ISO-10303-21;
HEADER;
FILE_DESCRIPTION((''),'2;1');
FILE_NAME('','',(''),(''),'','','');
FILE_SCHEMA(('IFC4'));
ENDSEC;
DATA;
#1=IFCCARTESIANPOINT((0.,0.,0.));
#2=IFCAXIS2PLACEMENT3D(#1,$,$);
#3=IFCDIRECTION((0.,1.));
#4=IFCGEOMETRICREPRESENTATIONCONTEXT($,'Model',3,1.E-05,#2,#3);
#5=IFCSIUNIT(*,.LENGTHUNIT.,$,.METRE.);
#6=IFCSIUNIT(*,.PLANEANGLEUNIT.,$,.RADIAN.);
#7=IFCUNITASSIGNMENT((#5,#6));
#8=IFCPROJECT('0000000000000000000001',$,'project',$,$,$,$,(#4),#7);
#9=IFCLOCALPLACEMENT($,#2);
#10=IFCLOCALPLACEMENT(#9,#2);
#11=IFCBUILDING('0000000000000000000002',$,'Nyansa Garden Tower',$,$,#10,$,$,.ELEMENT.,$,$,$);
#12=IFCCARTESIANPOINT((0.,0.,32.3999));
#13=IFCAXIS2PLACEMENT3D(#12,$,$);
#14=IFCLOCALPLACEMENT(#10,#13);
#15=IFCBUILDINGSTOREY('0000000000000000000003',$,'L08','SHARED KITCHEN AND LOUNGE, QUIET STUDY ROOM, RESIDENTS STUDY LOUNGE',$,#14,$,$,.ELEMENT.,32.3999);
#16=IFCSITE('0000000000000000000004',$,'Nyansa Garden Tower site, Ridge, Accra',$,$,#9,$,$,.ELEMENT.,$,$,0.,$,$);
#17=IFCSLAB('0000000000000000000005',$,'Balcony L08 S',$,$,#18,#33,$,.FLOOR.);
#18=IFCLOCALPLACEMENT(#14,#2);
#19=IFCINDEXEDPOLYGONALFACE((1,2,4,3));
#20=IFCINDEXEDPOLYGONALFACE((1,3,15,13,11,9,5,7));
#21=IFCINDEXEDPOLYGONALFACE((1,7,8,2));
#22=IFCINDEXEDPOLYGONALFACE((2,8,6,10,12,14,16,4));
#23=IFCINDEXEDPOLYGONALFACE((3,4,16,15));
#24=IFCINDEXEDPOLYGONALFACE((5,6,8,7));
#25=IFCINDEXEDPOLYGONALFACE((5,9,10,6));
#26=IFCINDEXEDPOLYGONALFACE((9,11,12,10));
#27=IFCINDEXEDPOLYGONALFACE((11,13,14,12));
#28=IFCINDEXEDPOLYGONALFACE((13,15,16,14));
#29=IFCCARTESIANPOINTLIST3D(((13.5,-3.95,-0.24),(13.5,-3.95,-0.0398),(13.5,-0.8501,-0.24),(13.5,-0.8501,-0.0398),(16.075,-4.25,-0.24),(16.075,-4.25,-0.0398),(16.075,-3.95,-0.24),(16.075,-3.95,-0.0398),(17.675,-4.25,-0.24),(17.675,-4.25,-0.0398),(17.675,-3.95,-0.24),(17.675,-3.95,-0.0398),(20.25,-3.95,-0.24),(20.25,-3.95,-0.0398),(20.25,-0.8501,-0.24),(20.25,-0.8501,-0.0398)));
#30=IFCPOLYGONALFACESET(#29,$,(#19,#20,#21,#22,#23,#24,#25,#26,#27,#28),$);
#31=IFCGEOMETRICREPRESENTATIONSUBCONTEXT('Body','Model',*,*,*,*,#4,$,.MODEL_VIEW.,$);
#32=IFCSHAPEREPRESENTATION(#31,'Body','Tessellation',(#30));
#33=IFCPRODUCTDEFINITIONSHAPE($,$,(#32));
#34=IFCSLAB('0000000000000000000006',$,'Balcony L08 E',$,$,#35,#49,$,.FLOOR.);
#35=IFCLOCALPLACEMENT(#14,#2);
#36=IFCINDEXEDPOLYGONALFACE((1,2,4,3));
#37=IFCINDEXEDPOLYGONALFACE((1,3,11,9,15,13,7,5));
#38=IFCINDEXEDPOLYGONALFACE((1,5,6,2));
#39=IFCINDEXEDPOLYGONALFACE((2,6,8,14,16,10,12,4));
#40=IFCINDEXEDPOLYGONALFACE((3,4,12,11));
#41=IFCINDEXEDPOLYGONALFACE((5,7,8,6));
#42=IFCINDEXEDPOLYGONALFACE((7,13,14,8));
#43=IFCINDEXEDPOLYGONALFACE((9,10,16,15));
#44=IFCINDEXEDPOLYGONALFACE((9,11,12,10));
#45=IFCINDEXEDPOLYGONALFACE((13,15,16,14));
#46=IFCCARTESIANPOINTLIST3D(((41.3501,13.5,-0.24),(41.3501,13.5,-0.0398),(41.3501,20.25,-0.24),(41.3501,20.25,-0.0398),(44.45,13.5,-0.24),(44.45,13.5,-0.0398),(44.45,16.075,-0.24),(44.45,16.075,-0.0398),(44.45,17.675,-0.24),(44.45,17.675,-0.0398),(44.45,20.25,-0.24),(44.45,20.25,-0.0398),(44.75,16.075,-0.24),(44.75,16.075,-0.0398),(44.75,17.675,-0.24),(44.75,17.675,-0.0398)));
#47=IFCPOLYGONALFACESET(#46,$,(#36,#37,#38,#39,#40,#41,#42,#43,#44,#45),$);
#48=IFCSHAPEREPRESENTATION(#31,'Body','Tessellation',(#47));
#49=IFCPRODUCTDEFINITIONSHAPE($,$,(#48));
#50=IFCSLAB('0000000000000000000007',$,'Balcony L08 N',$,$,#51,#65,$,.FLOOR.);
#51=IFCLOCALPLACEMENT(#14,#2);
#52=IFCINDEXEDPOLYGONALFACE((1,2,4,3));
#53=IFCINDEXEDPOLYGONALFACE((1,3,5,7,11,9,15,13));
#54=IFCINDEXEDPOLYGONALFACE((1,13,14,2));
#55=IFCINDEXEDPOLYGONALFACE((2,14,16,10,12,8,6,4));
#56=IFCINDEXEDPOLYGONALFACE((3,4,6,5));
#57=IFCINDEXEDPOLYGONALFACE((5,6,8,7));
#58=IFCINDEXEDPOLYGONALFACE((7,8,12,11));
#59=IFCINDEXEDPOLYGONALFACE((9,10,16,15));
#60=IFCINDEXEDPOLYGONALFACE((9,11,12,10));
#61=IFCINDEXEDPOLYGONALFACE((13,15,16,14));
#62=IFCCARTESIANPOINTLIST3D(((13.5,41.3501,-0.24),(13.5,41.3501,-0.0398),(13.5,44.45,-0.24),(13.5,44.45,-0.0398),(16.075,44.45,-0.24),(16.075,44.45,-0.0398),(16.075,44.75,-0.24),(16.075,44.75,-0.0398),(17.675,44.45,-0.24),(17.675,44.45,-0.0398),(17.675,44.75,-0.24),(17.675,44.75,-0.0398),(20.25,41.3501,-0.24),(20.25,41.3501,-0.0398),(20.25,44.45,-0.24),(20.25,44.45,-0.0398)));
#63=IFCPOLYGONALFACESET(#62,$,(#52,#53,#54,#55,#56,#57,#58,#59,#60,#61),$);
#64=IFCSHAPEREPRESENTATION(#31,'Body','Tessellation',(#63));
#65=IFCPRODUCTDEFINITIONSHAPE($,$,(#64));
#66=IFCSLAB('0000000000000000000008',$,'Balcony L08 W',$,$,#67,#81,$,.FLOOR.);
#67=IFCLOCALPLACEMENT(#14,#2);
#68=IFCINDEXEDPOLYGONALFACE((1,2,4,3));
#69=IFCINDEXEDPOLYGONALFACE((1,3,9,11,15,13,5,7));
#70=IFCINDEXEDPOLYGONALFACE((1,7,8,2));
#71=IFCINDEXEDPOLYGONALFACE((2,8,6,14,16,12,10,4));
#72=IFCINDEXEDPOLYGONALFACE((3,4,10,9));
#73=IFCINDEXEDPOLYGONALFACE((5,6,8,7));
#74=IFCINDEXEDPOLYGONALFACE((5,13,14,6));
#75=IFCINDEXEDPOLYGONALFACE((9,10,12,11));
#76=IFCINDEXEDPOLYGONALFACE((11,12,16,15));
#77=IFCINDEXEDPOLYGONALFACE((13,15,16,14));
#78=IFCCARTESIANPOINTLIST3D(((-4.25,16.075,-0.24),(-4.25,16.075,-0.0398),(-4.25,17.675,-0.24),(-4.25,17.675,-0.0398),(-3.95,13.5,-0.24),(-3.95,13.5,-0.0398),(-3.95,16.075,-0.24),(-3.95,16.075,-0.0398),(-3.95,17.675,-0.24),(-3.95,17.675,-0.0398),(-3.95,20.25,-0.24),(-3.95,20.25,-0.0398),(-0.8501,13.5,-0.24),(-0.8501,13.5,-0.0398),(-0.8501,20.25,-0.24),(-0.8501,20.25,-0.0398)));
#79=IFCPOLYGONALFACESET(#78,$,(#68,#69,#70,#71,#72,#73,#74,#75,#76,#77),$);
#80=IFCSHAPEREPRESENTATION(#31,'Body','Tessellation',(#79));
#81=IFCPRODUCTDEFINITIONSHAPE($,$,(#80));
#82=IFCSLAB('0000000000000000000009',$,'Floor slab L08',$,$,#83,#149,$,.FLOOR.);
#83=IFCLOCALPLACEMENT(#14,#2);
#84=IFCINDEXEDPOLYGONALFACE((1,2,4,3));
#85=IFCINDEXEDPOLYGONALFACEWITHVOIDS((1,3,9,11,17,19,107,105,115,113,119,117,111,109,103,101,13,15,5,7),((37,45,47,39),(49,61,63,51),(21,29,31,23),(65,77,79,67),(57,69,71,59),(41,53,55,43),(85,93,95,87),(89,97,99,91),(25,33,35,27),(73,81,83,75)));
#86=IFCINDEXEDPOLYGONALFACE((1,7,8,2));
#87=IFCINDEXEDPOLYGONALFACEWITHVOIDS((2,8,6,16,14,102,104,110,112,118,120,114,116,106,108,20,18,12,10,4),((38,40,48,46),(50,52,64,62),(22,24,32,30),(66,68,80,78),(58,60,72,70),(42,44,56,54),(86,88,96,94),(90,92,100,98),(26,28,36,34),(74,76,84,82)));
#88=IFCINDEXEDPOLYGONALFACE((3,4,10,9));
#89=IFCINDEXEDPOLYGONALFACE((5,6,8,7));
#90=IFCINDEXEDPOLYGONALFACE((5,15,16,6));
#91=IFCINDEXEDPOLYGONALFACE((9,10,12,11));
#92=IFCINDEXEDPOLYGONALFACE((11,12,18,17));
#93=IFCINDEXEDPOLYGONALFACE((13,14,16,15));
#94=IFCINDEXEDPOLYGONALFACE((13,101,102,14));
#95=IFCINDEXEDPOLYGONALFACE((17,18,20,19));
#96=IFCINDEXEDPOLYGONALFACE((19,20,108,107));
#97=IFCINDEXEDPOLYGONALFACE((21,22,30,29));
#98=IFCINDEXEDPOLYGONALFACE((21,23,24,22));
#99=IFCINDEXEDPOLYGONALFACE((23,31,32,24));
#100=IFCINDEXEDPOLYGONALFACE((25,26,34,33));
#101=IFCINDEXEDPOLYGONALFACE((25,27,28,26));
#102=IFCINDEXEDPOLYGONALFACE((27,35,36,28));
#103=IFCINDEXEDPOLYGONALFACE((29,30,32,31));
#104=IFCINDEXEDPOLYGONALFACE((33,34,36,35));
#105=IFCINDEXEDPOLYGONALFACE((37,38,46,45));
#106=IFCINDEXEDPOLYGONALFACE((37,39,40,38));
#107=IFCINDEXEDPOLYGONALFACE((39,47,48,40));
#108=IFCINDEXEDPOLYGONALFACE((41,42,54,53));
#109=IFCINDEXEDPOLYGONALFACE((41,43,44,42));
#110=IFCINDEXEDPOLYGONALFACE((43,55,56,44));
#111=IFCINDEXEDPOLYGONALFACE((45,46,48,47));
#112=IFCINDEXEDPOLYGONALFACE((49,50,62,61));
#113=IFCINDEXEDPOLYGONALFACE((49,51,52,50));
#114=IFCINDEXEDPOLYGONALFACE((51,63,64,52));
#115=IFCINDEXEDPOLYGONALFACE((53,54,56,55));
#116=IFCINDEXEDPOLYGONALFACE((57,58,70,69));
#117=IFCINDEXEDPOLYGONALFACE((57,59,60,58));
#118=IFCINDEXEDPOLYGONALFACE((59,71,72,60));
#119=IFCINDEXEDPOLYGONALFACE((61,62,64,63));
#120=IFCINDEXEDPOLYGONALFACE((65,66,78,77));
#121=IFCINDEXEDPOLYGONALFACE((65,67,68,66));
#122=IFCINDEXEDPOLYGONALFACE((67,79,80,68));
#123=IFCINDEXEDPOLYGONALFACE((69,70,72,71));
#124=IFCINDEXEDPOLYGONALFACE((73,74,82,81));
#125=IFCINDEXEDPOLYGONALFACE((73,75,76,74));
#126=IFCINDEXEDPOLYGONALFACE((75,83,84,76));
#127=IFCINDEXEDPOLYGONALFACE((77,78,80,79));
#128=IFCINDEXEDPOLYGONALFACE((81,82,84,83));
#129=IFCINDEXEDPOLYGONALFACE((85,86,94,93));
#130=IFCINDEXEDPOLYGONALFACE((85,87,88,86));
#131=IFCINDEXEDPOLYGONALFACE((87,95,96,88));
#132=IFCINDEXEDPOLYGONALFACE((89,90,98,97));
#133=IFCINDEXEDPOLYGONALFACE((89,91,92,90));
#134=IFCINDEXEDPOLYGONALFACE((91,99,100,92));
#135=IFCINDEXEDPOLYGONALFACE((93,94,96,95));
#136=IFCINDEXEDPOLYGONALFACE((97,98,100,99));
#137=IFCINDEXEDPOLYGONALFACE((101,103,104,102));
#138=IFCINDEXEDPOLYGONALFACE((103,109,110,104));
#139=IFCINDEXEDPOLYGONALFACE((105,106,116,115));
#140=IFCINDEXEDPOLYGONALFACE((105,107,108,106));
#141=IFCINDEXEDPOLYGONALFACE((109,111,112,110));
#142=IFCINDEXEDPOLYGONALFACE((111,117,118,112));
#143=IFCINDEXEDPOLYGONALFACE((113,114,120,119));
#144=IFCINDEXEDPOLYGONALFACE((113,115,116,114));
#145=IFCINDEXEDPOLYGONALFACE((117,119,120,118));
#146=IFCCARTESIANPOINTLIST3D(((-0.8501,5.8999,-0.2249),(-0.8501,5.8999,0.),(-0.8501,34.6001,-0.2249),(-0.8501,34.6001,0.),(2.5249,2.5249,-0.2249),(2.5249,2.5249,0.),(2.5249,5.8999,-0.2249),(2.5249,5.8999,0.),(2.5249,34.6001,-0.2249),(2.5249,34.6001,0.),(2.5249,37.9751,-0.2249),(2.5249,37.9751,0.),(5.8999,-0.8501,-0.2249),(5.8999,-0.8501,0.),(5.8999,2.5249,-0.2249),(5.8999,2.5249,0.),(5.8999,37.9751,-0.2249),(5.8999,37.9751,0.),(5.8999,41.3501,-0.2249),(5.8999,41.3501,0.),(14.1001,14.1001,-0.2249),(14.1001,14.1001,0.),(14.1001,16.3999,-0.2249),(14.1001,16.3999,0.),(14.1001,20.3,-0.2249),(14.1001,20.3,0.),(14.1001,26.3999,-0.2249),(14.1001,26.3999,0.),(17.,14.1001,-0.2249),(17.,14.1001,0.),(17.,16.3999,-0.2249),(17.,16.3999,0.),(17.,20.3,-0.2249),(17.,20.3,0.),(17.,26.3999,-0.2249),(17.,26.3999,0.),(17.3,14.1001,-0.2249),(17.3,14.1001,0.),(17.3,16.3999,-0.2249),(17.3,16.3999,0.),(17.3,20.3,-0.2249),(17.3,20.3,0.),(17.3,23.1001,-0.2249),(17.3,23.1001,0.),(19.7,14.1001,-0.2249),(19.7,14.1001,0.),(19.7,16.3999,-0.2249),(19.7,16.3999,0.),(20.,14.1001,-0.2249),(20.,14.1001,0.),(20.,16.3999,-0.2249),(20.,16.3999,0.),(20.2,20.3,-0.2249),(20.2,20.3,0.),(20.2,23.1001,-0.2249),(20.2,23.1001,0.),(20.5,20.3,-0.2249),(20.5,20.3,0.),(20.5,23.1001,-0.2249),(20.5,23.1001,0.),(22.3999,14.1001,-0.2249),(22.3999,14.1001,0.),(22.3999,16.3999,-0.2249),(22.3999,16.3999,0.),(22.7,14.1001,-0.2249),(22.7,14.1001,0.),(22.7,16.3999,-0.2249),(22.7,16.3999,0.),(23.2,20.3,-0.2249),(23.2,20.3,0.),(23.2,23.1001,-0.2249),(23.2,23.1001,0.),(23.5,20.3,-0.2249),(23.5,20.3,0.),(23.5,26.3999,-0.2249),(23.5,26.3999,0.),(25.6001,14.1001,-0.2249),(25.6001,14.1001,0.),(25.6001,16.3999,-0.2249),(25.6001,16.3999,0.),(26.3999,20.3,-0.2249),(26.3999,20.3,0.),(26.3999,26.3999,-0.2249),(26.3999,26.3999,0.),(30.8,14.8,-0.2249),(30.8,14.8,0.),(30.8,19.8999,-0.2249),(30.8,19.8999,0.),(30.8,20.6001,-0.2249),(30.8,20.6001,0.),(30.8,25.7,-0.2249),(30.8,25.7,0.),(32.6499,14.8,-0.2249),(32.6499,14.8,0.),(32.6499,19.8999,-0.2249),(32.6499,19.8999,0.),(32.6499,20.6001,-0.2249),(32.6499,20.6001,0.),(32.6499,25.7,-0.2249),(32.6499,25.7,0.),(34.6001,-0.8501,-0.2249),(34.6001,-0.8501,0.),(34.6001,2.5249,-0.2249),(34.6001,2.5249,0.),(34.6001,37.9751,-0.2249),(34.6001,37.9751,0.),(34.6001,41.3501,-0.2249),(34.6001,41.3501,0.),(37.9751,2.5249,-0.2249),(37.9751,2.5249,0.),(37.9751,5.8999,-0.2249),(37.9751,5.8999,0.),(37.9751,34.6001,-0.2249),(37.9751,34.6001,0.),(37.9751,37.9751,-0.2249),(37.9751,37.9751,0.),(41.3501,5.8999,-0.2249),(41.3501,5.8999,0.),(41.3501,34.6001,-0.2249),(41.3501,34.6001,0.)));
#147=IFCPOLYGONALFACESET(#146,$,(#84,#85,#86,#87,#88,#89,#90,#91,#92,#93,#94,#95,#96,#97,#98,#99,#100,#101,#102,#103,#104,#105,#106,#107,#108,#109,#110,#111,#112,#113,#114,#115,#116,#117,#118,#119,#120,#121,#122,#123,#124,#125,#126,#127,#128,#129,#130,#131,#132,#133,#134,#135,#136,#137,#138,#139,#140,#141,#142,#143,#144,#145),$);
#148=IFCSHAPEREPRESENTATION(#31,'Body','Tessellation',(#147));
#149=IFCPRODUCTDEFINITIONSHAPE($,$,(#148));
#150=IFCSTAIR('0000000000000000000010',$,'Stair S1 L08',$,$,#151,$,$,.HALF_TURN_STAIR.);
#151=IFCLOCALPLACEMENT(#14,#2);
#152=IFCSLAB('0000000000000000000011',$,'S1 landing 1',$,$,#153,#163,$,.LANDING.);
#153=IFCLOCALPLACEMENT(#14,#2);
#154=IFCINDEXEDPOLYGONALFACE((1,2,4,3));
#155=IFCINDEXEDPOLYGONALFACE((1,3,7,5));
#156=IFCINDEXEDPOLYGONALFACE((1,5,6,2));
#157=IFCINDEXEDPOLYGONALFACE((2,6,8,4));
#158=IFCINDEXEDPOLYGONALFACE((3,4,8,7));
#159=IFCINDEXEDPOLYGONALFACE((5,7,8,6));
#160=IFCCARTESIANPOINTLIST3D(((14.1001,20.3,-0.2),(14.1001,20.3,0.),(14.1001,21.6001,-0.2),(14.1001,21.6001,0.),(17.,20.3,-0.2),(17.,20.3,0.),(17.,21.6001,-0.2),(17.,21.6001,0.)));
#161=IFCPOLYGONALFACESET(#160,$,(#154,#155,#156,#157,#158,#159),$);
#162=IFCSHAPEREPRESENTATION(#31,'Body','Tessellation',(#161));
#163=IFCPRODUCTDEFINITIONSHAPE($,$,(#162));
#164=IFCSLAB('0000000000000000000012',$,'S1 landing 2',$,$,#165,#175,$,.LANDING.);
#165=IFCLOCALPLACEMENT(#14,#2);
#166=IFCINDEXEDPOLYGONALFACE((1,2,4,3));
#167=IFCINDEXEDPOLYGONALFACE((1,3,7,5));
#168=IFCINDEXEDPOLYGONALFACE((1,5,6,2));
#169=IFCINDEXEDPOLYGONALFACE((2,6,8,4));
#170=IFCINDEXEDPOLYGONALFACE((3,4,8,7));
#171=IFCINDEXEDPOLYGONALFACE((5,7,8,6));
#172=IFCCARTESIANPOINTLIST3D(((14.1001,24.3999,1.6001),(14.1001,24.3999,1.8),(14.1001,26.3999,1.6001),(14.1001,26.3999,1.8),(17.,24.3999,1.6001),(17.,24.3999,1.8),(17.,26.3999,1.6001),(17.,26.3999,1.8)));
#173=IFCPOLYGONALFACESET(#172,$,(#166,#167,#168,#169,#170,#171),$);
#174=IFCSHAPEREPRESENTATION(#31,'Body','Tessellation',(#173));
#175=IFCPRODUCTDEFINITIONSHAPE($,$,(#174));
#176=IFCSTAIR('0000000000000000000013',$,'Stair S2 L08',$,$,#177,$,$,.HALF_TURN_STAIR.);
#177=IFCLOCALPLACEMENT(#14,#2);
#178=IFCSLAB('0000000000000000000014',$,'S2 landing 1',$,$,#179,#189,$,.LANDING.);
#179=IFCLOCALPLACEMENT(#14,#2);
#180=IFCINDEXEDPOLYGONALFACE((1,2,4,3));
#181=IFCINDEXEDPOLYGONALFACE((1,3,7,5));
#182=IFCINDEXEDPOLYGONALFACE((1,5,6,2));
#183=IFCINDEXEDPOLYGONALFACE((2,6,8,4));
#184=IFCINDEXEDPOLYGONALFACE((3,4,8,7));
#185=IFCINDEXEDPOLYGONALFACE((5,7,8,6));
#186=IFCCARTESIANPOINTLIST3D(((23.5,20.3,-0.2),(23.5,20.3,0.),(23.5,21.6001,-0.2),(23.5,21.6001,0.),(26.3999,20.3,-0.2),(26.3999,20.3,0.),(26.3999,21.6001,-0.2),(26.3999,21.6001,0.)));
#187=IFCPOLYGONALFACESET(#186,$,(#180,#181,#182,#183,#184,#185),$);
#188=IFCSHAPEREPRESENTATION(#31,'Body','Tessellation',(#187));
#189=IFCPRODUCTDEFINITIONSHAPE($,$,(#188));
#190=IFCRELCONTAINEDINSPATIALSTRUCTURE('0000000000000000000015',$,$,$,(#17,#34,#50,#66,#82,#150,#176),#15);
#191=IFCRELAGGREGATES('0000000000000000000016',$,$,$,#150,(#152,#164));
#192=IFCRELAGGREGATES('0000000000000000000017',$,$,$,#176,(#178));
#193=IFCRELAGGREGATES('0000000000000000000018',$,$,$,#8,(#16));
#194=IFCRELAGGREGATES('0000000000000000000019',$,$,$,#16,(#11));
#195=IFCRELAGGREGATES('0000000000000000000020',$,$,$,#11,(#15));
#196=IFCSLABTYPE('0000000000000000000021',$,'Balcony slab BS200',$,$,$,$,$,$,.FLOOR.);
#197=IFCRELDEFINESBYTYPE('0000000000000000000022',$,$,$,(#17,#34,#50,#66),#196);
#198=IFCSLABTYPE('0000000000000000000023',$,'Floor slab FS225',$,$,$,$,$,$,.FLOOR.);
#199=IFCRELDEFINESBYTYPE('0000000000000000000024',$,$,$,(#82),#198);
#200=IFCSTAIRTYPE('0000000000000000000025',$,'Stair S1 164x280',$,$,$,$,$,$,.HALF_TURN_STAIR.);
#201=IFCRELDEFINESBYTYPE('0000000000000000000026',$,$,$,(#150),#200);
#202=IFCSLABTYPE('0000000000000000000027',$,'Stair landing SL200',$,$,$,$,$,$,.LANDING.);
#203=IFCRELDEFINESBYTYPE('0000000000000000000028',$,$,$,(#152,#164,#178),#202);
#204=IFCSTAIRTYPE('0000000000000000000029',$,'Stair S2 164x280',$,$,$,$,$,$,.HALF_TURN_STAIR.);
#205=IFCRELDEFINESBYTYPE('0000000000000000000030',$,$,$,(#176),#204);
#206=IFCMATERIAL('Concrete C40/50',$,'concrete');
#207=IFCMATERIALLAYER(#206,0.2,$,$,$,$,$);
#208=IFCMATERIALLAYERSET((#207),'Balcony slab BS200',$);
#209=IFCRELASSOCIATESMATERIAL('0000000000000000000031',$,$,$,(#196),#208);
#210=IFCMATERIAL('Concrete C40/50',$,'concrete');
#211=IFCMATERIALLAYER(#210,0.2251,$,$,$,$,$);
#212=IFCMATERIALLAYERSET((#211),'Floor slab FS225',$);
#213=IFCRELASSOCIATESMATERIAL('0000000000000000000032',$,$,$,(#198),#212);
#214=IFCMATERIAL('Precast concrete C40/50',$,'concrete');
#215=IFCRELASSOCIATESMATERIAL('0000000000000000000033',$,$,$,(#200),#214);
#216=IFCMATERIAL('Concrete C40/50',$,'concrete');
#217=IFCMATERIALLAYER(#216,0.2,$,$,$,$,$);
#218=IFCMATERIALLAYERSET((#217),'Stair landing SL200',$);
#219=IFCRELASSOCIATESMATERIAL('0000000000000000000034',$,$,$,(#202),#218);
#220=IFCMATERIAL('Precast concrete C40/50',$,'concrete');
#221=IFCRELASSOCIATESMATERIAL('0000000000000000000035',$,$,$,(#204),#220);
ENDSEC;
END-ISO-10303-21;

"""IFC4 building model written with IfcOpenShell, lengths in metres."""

from ifc_helpers import new_model, si_unit, direction, frame, origin, place, context, subcontext, project, spatial, polyline, outline, extrude, material, layer, layer_set, type_object, element, aggregate, save


model = new_model("IFC4")

# Units and contexts
model_context = context("Model", 3, precision=1e-05, world=origin(), true_north=direction((0.0, 1.0)))
body_context = subcontext(model_context, "Body", "Model", "MODEL_VIEW")
ifc_project = project(units=[si_unit("LENGTHUNIT", "METRE"), si_unit("PLANEANGLEUNIT", "RADIAN")], contexts=[model_context])

# Site, building, storey
site_placement = place(None, origin())
site = spatial("IfcSite", under=ifc_project, at=site_placement, Name="Nyansa Garden Tower site, Ridge, Accra", CompositionType="ELEMENT", RefElevation=0.0)
building_placement = place(site_placement, origin())
building = spatial("IfcBuilding", under=site, at=building_placement, Name="Nyansa Garden Tower", CompositionType="ELEMENT")
storey_placement = place(building_placement, frame((0.0, 0.0, 32.3999)))
storey = spatial("IfcBuildingStorey", under=building, at=storey_placement, Name="L08", Description="SHARED KITCHEN AND LOUNGE, QUIET STUDY ROOM, RESIDENTS STUDY LOUNGE", CompositionType="ELEMENT", Elevation=32.3999)

# Slabs
ifc_material_1 = material(Name="Concrete C40/50", Category="concrete")
ifc_layer_1 = layer(ifc_material_1, 0.2)
ifc_layer_set_1 = layer_set([ifc_layer_1], Name="Balcony slab BS200")
slab_type_1 = type_object("IfcSlabType", Name="Balcony slab BS200", PredefinedType="FLOOR", material=ifc_layer_set_1)
slab_1_placement = place(storey_placement, frame((0.0, 0.0, -0.24)))
element("IfcSlab", 1, at=slab_1_placement, inside=storey, type_object=slab_type_1, Name="Balcony L08 S", PredefinedType="FLOOR", context=body_context, shape_type="SweptSolid", body=[
    extrude(outline(polyline([(13.5, -0.8501), (20.25, -0.8501), (20.25, -3.95), (17.675, -3.95), (17.675, -4.25), (16.075, -4.25), (16.075, -3.95), (13.5, -3.95), (13.5, -0.8501)])), origin(), (0.0, 0.0, 1.0), 0.2002),
])
slab_2_placement = place(storey_placement, frame((0.0, 0.0, -0.24)))
element("IfcSlab", 2, at=slab_2_placement, inside=storey, type_object=slab_type_1, Name="Balcony L08 E", PredefinedType="FLOOR", context=body_context, shape_type="SweptSolid", body=[
    extrude(outline(polyline([(41.3501, 13.5), (41.3501, 20.25), (44.45, 20.25), (44.45, 17.675), (44.75, 17.675), (44.75, 16.075), (44.45, 16.075), (44.45, 13.5), (41.3501, 13.5)])), origin(), (0.0, 0.0, 1.0), 0.2002),
])
slab_3_placement = place(storey_placement, frame((0.0, 0.0, -0.24)))
element("IfcSlab", 3, at=slab_3_placement, inside=storey, type_object=slab_type_1, Name="Balcony L08 N", PredefinedType="FLOOR", context=body_context, shape_type="SweptSolid", body=[
    extrude(outline(polyline([(13.5, 41.3501), (20.25, 41.3501), (20.25, 44.45), (17.675, 44.45), (17.675, 44.75), (16.075, 44.75), (16.075, 44.45), (13.5, 44.45), (13.5, 41.3501)])), origin(), (0.0, 0.0, 1.0), 0.2002),
])
slab_4_placement = place(storey_placement, frame((0.0, 0.0, -0.24)))
element("IfcSlab", 4, at=slab_4_placement, inside=storey, type_object=slab_type_1, Name="Balcony L08 W", PredefinedType="FLOOR", context=body_context, shape_type="SweptSolid", body=[
    extrude(outline(polyline([(-0.8501, 13.5), (-0.8501, 20.25), (-3.95, 20.25), (-3.95, 17.675), (-4.25, 17.675), (-4.25, 16.075), (-3.95, 16.075), (-3.95, 13.5), (-0.8501, 13.5)])), origin(), (0.0, 0.0, 1.0), 0.2002),
])
ifc_material_2 = material(Name="Concrete C40/50", Category="concrete")
ifc_layer_2 = layer(ifc_material_2, 0.2251)
ifc_layer_set_2 = layer_set([ifc_layer_2], Name="Floor slab FS225")
slab_type_2 = type_object("IfcSlabType", Name="Floor slab FS225", PredefinedType="FLOOR", material=ifc_layer_set_2)
slab_5_placement = place(storey_placement, frame((0.0, 0.0, -0.2249)))
element("IfcSlab", 5, at=slab_5_placement, inside=storey, type_object=slab_type_2, Name="Floor slab L08", PredefinedType="FLOOR", context=body_context, shape_type="SweptSolid", body=[
    extrude(outline(polyline([(41.3501, 5.8999), (37.9751, 5.8999), (37.9751, 2.5249), (34.6001, 2.5249), (34.6001, -0.8501), (5.8999, -0.8501), (5.8999, 2.5249), (2.5249, 2.5249), (2.5249, 5.8999), (-0.8501, 5.8999), (-0.8501, 34.6001), (2.5249, 34.6001), (2.5249, 37.9751), (5.8999, 37.9751), (5.8999, 41.3501), (34.6001, 41.3501), (34.6001, 37.9751), (37.9751, 37.9751), (37.9751, 34.6001), (41.3501, 34.6001), (41.3501, 5.8999)]), holes=[polyline([(14.1001, 14.1001), (17.0, 14.1001), (17.0, 16.3999), (14.1001, 16.3999), (14.1001, 14.1001)]), polyline([(17.3, 14.1001), (19.7, 14.1001), (19.7, 16.3999), (17.3, 16.3999), (17.3, 14.1001)]), polyline([(20.0, 14.1001), (22.3999, 14.1001), (22.3999, 16.3999), (20.0, 16.3999), (20.0, 14.1001)]), polyline([(22.7, 14.1001), (25.6001, 14.1001), (25.6001, 16.3999), (22.7, 16.3999), (22.7, 14.1001)]), polyline([(17.3, 20.3), (20.2, 20.3), (20.2, 23.1001), (17.3, 23.1001), (17.3, 20.3)]), polyline([(20.5, 20.3), (23.2, 20.3), (23.2, 23.1001), (20.5, 23.1001), (20.5, 20.3)]), polyline([(30.8, 14.8), (32.6499, 14.8), (32.6499, 19.8999), (30.8, 19.8999), (30.8, 14.8)]), polyline([(30.8, 20.6001), (32.6499, 20.6001), (32.6499, 25.7), (30.8, 25.7), (30.8, 20.6001)]), polyline([(14.1001, 20.3), (17.0, 20.3), (17.0, 26.3999), (14.1001, 26.3999), (14.1001, 20.3)]), polyline([(23.5, 20.3), (26.3999, 20.3), (26.3999, 26.3999), (23.5, 26.3999), (23.5, 20.3)])]), origin(), (0.0, 0.0, 1.0), 0.2249),
])

# Stair, slabs
ifc_material_3 = material(Name="Precast concrete C40/50", Category="concrete")
stair_type_1 = type_object("IfcStairType", Name="Stair S1 164x280", PredefinedType="HALF_TURN_STAIR", material=ifc_material_3)
stair_1_placement = place(storey_placement, origin())
stair_1 = element("IfcStair", 6, at=stair_1_placement, inside=storey, type_object=stair_type_1, Name="Stair S1 L08", PredefinedType="HALF_TURN_STAIR")
ifc_material_4 = material(Name="Concrete C40/50", Category="concrete")
ifc_layer_3 = layer(ifc_material_4, 0.2)
ifc_layer_set_3 = layer_set([ifc_layer_3], Name="Stair landing SL200")
slab_type_3 = type_object("IfcSlabType", Name="Stair landing SL200", PredefinedType="LANDING", material=ifc_layer_set_3)
slab_6_placement = place(storey_placement, frame((0.0, 0.0, -0.2)))
slab_6 = element("IfcSlab", 7, at=slab_6_placement, type_object=slab_type_3, Name="S1 landing 1", PredefinedType="LANDING", context=body_context, shape_type="SweptSolid", body=[
    extrude(outline(polyline([(14.1001, 20.3), (17.0, 20.3), (17.0, 21.6001), (14.1001, 21.6001), (14.1001, 20.3)])), origin(), (0.0, 0.0, 1.0), 0.2),
])
slab_7_placement = place(storey_placement, frame((0.0, 0.0, 1.6001)))
slab_7 = element("IfcSlab", 8, at=slab_7_placement, type_object=slab_type_3, Name="S1 landing 2", PredefinedType="LANDING", context=body_context, shape_type="SweptSolid", body=[
    extrude(outline(polyline([(14.1001, 24.3999), (17.0, 24.3999), (17.0, 26.3999), (14.1001, 26.3999), (14.1001, 24.3999)])), origin(), (0.0, 0.0, 1.0), 0.2),
])
aggregate(stair_1, [slab_6, slab_7])

# Stair, slab
ifc_material_5 = material(Name="Precast concrete C40/50", Category="concrete")
stair_type_2 = type_object("IfcStairType", Name="Stair S2 164x280", PredefinedType="HALF_TURN_STAIR", material=ifc_material_5)
stair_2_placement = place(storey_placement, origin())
stair_2 = element("IfcStair", 9, at=stair_2_placement, inside=storey, type_object=stair_type_2, Name="Stair S2 L08", PredefinedType="HALF_TURN_STAIR")
slab_8_placement = place(storey_placement, frame((0.0, 0.0, -0.2)))
slab_8 = element("IfcSlab", 10, at=slab_8_placement, type_object=slab_type_3, Name="S2 landing 1", PredefinedType="LANDING", context=body_context, shape_type="SweptSolid", body=[
    extrude(outline(polyline([(23.5, 20.3), (26.3999, 20.3), (26.3999, 21.6001), (23.5, 21.6001), (23.5, 20.3)])), origin(), (0.0, 0.0, 1.0), 0.2),
])
aggregate(stair_2, [slab_8])

save(model, "model.ifc")
